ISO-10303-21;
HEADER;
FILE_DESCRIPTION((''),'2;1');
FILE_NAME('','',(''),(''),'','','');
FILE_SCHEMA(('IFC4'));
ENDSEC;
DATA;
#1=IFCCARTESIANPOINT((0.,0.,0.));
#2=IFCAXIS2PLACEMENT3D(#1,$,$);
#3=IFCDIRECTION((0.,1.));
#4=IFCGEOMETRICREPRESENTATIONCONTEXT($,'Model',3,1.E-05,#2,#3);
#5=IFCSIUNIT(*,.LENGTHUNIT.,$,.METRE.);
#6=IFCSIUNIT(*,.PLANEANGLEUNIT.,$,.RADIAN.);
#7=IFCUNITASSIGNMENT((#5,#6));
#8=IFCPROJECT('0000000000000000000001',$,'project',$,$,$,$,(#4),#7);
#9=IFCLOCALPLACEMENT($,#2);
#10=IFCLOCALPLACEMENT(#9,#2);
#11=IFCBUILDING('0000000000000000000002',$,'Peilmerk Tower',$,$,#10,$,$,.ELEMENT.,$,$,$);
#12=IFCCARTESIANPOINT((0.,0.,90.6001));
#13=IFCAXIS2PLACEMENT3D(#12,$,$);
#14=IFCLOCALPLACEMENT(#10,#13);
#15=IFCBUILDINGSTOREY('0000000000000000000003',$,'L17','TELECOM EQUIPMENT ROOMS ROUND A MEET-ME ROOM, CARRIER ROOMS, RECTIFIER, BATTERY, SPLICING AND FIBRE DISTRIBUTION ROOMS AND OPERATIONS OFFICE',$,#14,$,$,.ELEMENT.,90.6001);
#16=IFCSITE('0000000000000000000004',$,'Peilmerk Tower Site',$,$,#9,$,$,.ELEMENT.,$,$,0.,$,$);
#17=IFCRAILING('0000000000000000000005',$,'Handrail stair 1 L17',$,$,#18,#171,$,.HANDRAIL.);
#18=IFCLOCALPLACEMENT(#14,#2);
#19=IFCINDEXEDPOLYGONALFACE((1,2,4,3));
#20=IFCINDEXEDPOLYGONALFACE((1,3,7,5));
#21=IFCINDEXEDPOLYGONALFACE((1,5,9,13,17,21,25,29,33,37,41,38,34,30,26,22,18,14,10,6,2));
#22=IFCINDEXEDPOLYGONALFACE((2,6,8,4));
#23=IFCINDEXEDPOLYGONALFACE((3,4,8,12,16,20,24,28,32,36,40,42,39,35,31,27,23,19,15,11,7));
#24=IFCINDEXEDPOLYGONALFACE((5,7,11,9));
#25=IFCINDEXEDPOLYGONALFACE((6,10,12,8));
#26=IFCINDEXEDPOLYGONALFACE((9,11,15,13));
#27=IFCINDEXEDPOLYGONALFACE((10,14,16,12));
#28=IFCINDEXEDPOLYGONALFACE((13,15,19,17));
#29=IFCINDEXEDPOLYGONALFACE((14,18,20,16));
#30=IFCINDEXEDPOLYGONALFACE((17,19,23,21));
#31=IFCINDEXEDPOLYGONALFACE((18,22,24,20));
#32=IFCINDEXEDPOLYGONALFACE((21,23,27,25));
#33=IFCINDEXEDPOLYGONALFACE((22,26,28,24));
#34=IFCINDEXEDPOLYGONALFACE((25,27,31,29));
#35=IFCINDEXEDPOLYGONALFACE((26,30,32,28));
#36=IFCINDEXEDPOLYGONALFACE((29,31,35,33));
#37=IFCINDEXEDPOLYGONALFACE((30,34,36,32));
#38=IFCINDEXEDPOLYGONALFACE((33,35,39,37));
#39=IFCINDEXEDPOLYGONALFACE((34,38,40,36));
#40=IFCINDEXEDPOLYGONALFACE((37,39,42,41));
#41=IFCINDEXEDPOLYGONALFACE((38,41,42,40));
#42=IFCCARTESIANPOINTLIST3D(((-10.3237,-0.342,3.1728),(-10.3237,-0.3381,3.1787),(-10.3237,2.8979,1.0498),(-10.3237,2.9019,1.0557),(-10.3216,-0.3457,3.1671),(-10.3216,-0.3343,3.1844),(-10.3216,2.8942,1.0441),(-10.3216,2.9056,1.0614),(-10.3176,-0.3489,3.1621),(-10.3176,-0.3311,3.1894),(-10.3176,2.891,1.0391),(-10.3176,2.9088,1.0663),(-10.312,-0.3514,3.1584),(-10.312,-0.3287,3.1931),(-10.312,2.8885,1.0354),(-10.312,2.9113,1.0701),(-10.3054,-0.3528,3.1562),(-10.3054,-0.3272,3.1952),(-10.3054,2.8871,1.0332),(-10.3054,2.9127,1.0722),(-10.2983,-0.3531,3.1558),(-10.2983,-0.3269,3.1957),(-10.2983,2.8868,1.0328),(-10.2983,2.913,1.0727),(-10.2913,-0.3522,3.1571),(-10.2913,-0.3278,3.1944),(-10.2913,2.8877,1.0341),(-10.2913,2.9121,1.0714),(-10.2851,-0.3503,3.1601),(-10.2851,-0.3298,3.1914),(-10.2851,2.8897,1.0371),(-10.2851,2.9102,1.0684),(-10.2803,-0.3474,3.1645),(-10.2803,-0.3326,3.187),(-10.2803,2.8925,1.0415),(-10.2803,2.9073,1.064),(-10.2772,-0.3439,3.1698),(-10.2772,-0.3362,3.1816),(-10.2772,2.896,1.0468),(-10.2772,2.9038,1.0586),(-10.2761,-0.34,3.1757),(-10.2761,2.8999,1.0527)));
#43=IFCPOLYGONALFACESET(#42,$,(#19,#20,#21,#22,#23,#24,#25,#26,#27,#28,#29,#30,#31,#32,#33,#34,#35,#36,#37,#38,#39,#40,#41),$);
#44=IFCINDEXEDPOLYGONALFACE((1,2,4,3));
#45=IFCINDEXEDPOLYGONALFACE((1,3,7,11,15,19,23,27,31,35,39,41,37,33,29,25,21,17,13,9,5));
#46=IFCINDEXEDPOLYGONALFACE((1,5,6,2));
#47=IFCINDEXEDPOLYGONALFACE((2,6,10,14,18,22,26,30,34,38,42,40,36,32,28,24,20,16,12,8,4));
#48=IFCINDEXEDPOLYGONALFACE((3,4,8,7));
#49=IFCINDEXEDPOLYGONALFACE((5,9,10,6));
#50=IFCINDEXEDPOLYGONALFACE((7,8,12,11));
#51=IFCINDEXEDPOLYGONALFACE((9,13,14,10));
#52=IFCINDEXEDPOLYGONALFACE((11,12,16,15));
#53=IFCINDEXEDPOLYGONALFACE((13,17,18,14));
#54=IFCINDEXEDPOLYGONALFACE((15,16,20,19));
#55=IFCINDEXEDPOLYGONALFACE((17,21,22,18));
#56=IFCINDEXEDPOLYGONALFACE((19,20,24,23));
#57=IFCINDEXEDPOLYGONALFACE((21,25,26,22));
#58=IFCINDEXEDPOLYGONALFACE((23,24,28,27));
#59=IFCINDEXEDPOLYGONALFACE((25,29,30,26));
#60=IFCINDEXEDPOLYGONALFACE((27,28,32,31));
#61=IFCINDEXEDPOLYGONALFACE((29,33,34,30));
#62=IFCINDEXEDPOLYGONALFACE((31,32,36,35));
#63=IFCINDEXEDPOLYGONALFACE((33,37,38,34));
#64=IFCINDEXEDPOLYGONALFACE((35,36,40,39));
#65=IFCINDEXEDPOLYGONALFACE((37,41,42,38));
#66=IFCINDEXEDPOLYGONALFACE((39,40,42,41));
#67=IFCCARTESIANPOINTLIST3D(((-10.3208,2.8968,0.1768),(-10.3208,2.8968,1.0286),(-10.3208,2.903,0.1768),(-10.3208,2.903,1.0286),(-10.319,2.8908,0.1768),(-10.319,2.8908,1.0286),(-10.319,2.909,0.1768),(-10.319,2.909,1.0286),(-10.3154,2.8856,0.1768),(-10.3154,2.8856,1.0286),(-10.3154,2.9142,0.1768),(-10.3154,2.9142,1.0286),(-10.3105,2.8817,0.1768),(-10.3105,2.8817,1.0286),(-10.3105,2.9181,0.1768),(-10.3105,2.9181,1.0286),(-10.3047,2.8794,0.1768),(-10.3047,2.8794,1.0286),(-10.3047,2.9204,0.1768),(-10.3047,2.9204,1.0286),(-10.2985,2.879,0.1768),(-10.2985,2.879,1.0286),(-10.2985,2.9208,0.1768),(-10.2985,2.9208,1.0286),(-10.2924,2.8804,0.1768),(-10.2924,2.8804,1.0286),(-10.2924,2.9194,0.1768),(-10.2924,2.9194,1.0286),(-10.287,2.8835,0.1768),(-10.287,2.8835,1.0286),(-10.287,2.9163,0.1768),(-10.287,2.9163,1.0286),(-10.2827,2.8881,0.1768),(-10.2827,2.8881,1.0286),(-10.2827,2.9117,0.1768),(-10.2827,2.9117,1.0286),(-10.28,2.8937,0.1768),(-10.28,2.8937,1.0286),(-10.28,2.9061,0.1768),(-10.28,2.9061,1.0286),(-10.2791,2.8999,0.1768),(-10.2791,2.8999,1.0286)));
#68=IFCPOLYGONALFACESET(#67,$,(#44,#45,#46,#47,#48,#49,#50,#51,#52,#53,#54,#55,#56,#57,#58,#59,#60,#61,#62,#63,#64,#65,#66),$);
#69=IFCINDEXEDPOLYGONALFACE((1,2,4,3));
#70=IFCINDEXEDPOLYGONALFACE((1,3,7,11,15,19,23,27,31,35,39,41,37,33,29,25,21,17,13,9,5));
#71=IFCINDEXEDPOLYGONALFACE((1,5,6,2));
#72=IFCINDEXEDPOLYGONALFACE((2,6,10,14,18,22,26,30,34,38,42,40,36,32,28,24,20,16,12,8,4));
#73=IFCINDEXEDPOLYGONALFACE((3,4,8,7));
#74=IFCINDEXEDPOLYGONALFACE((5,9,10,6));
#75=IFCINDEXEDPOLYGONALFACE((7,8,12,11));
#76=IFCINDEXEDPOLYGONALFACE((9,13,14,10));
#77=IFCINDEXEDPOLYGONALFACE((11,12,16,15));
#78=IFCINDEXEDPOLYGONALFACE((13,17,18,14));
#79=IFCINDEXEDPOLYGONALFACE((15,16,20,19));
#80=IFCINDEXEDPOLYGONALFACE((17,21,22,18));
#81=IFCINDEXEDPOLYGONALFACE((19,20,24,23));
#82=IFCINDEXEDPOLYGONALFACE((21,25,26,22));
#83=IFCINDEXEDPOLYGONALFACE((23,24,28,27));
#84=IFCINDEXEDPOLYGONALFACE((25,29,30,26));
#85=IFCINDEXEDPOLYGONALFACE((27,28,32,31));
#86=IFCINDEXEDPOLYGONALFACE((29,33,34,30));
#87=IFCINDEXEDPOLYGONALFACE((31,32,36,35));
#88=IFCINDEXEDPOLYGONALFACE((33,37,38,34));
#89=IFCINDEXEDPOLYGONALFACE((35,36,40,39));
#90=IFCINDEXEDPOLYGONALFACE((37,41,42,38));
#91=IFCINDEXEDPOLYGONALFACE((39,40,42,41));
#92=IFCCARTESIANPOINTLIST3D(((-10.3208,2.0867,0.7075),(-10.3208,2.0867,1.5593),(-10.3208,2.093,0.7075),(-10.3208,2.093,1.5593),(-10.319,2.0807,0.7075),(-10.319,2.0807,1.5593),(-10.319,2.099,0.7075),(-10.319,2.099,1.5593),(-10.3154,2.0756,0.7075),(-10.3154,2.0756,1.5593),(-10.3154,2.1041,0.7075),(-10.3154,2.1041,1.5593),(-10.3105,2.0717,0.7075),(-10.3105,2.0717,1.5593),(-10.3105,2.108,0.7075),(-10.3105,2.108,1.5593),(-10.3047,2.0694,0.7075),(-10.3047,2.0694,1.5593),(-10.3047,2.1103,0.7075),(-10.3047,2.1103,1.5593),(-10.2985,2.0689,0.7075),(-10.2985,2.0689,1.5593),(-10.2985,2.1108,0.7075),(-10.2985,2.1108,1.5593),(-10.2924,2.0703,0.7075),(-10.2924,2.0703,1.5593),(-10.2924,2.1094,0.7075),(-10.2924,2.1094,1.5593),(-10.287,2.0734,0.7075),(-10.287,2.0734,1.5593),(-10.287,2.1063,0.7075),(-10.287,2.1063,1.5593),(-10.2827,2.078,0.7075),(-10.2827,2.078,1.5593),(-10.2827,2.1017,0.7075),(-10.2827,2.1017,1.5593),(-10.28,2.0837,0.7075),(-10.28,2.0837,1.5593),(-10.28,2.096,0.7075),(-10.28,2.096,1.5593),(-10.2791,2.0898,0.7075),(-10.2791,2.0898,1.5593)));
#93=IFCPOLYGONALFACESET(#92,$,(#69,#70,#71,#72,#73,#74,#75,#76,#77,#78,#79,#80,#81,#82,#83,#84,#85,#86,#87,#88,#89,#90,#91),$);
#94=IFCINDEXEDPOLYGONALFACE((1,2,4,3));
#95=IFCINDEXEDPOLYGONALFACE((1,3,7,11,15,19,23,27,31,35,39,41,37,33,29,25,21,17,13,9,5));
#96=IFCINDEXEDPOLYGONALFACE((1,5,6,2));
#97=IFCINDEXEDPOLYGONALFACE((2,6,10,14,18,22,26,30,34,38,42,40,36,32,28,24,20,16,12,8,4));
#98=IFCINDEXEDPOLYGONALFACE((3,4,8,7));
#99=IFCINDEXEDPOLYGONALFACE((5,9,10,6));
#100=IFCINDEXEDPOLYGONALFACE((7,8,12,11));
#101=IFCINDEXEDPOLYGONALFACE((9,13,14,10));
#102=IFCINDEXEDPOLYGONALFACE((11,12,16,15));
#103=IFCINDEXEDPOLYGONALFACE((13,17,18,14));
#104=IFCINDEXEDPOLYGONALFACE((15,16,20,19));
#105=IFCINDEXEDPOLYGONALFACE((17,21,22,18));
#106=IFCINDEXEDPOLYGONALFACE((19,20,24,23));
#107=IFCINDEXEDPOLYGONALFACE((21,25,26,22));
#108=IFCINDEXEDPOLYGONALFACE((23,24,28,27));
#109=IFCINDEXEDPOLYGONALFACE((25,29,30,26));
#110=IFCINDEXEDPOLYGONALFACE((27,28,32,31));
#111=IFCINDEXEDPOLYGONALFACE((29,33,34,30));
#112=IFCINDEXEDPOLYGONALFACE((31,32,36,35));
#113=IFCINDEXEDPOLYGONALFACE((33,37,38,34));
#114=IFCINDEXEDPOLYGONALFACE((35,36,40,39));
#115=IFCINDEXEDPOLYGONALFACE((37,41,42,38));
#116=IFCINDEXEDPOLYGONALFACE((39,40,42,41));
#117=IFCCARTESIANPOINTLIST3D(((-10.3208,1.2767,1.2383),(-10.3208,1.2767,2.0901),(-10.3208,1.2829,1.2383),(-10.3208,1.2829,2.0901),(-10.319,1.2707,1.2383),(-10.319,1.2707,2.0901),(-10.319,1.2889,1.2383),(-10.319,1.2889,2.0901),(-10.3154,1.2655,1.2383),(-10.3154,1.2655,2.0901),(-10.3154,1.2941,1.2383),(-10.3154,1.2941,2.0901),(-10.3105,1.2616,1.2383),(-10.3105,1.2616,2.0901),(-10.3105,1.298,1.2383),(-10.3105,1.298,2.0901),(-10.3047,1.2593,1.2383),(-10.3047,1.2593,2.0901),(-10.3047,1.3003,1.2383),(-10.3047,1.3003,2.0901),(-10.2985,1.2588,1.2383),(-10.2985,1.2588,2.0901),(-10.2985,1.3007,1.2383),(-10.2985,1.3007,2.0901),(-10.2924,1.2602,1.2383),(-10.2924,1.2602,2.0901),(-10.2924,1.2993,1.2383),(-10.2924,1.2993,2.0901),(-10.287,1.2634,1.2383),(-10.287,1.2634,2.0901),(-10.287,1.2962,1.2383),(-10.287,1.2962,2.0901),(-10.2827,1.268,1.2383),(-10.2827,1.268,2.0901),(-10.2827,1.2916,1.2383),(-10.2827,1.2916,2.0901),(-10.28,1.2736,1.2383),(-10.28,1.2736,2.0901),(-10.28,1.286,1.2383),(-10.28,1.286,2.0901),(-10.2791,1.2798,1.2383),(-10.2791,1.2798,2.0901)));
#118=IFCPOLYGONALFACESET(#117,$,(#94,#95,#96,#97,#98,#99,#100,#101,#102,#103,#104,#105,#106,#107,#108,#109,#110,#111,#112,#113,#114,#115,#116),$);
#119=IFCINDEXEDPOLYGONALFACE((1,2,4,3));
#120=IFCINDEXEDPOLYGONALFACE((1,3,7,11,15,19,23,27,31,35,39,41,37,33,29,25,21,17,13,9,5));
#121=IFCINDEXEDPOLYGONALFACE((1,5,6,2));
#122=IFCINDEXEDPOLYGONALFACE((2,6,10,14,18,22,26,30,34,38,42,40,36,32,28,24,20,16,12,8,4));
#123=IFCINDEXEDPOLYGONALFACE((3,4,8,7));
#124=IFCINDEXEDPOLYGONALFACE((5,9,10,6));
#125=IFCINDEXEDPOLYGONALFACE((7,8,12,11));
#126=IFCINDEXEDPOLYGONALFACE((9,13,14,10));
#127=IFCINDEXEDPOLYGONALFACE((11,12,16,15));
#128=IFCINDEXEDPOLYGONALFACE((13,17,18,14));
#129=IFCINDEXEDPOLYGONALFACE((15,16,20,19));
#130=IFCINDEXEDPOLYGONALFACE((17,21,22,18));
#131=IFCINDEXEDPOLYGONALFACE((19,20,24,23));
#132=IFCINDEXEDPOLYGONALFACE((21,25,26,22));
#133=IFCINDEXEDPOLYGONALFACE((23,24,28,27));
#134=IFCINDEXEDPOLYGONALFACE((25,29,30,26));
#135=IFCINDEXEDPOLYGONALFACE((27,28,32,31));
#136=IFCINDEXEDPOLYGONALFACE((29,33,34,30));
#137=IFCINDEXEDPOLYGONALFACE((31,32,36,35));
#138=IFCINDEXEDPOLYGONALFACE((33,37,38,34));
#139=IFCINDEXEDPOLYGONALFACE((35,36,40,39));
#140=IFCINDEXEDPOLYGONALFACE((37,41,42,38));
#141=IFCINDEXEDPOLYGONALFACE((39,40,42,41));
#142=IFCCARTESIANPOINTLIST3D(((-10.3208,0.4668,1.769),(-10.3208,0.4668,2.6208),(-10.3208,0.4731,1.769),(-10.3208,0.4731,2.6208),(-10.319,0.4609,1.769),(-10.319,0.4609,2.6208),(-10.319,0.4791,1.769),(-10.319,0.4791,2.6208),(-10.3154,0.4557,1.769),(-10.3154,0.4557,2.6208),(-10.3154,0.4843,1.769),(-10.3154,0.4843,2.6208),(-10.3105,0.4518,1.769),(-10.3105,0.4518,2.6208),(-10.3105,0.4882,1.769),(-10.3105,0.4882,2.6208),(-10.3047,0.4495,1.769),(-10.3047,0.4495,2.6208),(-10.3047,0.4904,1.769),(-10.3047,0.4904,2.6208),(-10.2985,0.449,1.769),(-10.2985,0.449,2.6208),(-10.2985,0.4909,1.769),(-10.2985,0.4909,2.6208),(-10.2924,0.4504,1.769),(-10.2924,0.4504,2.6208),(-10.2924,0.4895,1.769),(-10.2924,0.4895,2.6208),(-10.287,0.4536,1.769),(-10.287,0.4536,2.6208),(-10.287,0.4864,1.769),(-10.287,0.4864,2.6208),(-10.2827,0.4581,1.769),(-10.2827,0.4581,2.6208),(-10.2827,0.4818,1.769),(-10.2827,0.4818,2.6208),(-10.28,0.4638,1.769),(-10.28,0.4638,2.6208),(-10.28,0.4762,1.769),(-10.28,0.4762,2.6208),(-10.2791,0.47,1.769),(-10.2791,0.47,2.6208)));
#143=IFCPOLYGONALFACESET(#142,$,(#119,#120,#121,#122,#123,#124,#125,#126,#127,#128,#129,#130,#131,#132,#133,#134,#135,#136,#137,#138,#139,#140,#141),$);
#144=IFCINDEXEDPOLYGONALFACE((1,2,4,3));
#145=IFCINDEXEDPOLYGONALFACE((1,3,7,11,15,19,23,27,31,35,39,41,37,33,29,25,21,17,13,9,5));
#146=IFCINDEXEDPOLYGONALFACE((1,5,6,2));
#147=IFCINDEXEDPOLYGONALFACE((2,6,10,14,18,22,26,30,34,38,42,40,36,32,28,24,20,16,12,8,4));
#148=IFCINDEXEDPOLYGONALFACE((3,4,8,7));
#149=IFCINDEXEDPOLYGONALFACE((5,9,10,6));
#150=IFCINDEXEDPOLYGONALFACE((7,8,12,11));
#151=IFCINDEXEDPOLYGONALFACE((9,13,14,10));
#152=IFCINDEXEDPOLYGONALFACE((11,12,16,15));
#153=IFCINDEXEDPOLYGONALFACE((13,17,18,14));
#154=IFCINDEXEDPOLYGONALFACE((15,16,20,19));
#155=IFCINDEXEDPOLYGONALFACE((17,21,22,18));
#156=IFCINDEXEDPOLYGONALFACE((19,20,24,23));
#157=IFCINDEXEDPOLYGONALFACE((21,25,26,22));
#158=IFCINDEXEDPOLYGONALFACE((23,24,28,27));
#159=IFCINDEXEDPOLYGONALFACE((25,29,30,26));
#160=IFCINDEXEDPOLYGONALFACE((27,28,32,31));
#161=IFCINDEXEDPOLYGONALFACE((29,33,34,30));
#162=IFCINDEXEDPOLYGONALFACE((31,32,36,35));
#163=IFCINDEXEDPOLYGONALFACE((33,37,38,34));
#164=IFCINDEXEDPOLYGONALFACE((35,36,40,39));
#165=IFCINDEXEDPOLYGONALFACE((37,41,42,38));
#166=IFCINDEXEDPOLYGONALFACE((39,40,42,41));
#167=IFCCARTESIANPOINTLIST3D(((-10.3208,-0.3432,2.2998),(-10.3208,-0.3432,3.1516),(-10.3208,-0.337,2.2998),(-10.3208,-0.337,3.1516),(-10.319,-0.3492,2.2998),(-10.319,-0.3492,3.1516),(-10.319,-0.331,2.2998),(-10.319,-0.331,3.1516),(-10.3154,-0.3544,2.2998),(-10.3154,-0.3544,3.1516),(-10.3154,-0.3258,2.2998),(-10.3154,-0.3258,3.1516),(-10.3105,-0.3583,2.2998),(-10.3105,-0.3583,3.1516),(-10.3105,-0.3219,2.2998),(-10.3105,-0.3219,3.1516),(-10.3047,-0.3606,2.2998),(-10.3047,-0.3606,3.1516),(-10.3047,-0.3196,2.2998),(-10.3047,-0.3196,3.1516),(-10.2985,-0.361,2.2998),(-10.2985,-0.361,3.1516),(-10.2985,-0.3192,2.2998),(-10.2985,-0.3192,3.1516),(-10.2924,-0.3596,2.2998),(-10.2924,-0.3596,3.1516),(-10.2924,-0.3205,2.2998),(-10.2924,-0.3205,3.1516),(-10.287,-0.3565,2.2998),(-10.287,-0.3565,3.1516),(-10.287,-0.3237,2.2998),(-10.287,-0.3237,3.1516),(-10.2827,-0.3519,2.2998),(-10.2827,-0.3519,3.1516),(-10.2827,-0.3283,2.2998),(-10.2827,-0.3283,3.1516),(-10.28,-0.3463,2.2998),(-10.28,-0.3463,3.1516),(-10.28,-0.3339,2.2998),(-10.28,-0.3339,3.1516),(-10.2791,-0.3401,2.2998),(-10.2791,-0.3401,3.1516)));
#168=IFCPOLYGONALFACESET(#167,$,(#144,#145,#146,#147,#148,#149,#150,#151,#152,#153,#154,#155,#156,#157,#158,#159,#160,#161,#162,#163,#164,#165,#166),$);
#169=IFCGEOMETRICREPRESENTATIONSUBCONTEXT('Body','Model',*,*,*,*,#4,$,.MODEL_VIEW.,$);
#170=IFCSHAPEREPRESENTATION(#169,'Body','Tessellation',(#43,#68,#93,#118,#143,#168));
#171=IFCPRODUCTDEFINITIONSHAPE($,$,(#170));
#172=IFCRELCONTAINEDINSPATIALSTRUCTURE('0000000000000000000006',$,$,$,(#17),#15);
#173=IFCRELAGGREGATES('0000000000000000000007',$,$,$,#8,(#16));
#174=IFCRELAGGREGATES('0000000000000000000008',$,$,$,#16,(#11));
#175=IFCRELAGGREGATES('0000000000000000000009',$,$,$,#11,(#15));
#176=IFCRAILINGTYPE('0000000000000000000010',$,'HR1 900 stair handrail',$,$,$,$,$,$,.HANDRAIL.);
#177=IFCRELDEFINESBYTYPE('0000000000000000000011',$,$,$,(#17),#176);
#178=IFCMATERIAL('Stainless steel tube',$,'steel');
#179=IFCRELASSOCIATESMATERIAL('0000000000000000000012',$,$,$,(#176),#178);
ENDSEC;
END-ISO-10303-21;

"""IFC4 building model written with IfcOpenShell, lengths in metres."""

from ifc_helpers import new_model, si_unit, direction, frame, origin, origin_2d, place, context, subcontext, project, spatial, circle, extrude, material, type_object, element, save


model = new_model("IFC4")

# Units and contexts
model_context = context("Model", 3, precision=1e-05, world=origin(), true_north=direction((0.0, 1.0)))
body_context = subcontext(model_context, "Body", "Model", "MODEL_VIEW")
ifc_project = project(units=[si_unit("LENGTHUNIT", "METRE"), si_unit("PLANEANGLEUNIT", "RADIAN")], contexts=[model_context])

# Site, building, storey
site_placement = place(None, origin())
site = spatial("IfcSite", under=ifc_project, at=site_placement, Name="Peilmerk Tower Site", CompositionType="ELEMENT", RefElevation=0.0)
building_placement = place(site_placement, origin())
building = spatial("IfcBuilding", under=site, at=building_placement, Name="Peilmerk Tower", CompositionType="ELEMENT")
storey_placement = place(building_placement, frame((0.0, 0.0, 90.6001)))
storey = spatial("IfcBuildingStorey", under=building, at=storey_placement, Name="L17", Description="TELECOM EQUIPMENT ROOMS ROUND A MEET-ME ROOM, CARRIER ROOMS, RECTIFIER, BATTERY, SPLICING AND FIBRE DISTRIBUTION ROOMS AND OPERATIONS OFFICE", CompositionType="ELEMENT", Elevation=90.6001)

# Railing
ifc_material_1 = material(Name="Stainless steel tube", Category="steel")
railing_type_1 = type_object("IfcRailingType", Name="HR1 900 stair handrail", PredefinedType="HANDRAIL", material=ifc_material_1)
railing_1_placement = place(storey_placement, frame((-10.3, 2.8999, 0.1768)))
element("IfcRailing", 1, at=railing_1_placement, inside=storey, type_object=railing_type_1, Name="Handrail stair 1 L17", PredefinedType="HANDRAIL", context=body_context, shape_type="SweptSolid", body=[
    extrude(circle(Radius=0.0239, at=origin_2d()), frame((0.0, 0.0, 0.876), z_axis=(0.0, -0.836426, 0.548079), x_axis=(1.0, 0.0, 0.0)), (0.0, 0.0, 1.0), 3.8735),
    extrude(circle(Radius=0.021, at=origin_2d()), origin(), (0.0, 0.0, 1.0), 0.8518),
    extrude(circle(Radius=0.021, at=origin_2d()), frame((0.0, -0.8101, 0.5308)), (0.0, 0.0, 1.0), 0.8518),
    extrude(circle(Radius=0.021, at=origin_2d()), frame((0.0, -1.6201, 1.0615)), (0.0, 0.0, 1.0), 0.8518),
    extrude(circle(Radius=0.021, at=origin_2d()), frame((0.0, -2.4299, 1.5923)), (0.0, 0.0, 1.0), 0.8518),
    extrude(circle(Radius=0.021, at=origin_2d()), frame((0.0, -3.24, 2.123)), (0.0, 0.0, 1.0), 0.8518),
])

save(model, "model.ifc")
